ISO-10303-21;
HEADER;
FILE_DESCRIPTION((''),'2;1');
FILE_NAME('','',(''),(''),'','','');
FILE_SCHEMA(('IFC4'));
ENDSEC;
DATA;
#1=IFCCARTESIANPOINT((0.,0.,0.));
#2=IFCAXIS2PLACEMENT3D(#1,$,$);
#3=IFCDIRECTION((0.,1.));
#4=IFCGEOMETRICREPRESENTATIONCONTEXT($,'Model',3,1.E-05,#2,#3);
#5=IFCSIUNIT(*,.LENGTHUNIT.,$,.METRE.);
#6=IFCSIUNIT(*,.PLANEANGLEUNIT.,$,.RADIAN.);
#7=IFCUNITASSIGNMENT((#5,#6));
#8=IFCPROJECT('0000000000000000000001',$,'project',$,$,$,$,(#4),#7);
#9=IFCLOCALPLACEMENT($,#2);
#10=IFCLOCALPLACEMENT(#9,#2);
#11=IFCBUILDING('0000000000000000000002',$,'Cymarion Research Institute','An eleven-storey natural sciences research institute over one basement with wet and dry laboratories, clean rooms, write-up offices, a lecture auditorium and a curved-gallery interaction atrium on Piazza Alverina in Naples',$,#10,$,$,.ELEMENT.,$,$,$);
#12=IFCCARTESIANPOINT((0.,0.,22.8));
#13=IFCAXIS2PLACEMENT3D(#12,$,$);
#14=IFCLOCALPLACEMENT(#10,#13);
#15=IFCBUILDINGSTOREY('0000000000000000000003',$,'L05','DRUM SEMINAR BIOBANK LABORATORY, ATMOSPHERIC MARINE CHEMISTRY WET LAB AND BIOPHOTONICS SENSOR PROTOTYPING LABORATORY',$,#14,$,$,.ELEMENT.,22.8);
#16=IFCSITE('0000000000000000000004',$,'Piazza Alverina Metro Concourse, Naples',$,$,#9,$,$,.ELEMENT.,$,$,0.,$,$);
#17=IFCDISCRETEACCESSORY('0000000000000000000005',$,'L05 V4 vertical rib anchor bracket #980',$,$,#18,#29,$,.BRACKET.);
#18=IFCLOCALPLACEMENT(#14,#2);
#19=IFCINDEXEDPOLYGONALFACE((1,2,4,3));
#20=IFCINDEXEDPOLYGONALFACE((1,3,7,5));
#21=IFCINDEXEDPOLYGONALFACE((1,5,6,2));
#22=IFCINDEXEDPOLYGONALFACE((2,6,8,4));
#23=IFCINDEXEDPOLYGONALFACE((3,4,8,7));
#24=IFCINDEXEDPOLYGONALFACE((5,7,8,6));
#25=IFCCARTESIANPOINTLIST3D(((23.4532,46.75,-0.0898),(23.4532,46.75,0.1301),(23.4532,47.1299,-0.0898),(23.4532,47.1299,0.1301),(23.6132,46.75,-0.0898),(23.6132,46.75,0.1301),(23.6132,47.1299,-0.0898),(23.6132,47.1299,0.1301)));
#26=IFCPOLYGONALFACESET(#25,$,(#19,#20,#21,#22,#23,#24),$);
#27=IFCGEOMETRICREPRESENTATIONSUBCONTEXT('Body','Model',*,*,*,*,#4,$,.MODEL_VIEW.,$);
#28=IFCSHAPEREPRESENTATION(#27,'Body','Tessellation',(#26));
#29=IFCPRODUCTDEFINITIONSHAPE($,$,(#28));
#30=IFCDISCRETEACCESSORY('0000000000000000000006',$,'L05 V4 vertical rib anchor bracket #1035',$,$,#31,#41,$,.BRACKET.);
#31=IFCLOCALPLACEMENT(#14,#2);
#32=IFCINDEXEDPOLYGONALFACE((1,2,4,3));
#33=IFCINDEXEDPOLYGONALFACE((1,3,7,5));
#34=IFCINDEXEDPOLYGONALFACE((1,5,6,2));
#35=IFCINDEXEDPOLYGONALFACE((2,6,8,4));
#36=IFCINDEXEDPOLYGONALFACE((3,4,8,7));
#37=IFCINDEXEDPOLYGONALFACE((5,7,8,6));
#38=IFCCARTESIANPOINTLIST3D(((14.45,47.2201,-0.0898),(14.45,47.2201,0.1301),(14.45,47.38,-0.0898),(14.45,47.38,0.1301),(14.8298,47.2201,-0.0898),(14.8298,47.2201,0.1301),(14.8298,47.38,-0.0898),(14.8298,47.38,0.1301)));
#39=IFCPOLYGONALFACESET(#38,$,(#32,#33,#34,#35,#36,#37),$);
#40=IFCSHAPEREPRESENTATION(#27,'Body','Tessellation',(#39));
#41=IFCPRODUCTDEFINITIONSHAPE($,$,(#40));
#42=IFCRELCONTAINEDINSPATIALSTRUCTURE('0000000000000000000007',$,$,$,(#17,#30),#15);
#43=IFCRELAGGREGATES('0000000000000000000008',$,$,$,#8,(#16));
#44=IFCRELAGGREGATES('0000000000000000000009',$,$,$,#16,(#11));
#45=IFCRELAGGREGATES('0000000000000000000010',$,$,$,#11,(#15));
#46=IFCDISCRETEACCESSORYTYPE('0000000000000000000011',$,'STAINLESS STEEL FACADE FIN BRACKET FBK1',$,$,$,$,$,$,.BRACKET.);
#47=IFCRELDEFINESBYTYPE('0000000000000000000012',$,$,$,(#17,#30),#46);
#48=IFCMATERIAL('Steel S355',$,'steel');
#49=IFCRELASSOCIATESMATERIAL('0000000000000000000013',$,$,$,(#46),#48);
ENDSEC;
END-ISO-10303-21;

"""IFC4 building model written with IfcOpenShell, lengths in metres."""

from ifc_helpers import new_model, si_unit, direction, frame, origin, origin_2d, place, context, subcontext, project, spatial, rectangle, extrude, material, type_object, element, save


model = new_model("IFC4")

# Units and contexts
model_context = context("Model", 3, precision=1e-05, world=origin(), true_north=direction((0.0, 1.0)))
body_context = subcontext(model_context, "Body", "Model", "MODEL_VIEW")
ifc_project = project(units=[si_unit("LENGTHUNIT", "METRE"), si_unit("PLANEANGLEUNIT", "RADIAN")], contexts=[model_context])

# Site, building, storey
site_placement = place(None, origin())
site = spatial("IfcSite", under=ifc_project, at=site_placement, Name="Piazza Alverina Metro Concourse, Naples", CompositionType="ELEMENT", RefElevation=0.0)
building_placement = place(site_placement, origin())
building = spatial("IfcBuilding", under=site, at=building_placement, Name="Cymarion Research Institute", Description="An eleven-storey natural sciences research institute over one basement with wet and dry laboratories, clean rooms, write-up offices, a lecture auditorium and a curved-gallery interaction atrium on Piazza Alverina in Naples", CompositionType="ELEMENT")
storey_placement = place(building_placement, frame((0.0, 0.0, 22.8)))
storey = spatial("IfcBuildingStorey", under=building, at=storey_placement, Name="L05", Description="DRUM SEMINAR BIOBANK LABORATORY, ATMOSPHERIC MARINE CHEMISTRY WET LAB AND BIOPHOTONICS SENSOR PROTOTYPING LABORATORY", CompositionType="ELEMENT", Elevation=22.8)

# Shared definitions
ifc_material_1 = material(Name="Steel S355", Category="steel")

# Discrete accessories
discrete_accessory_type = type_object("IfcDiscreteAccessoryType", Name="STAINLESS STEEL FACADE FIN BRACKET FBK1", PredefinedType="BRACKET", material=ifc_material_1)
for number, where, z_axis, x_axis, name in (
    (1, (23.5332, 46.9399, -0.0898), (0.0, 0.0, 1.0), (0.0, -1.0, 0.0), "L05 V4 vertical rib anchor bracket #980"),
    (2, (14.6399, 47.3, -0.0898), (0.0, 0.0, 1.0), (-1.0, 0.0, 0.0), "L05 V4 vertical rib anchor bracket #1035"),
):
    element("IfcDiscreteAccessory", number, at=place(storey_placement, frame(where, z_axis=z_axis, x_axis=x_axis)), inside=storey, type_object=discrete_accessory_type, Name=name, PredefinedType="BRACKET", context=body_context, shape_type="SweptSolid", body=[
        extrude(rectangle(XDim=0.3799, YDim=0.1599, at=origin_2d()), origin(), (0.0, 0.0, 1.0), 0.22),
    ])

save(model, "model.ifc")
